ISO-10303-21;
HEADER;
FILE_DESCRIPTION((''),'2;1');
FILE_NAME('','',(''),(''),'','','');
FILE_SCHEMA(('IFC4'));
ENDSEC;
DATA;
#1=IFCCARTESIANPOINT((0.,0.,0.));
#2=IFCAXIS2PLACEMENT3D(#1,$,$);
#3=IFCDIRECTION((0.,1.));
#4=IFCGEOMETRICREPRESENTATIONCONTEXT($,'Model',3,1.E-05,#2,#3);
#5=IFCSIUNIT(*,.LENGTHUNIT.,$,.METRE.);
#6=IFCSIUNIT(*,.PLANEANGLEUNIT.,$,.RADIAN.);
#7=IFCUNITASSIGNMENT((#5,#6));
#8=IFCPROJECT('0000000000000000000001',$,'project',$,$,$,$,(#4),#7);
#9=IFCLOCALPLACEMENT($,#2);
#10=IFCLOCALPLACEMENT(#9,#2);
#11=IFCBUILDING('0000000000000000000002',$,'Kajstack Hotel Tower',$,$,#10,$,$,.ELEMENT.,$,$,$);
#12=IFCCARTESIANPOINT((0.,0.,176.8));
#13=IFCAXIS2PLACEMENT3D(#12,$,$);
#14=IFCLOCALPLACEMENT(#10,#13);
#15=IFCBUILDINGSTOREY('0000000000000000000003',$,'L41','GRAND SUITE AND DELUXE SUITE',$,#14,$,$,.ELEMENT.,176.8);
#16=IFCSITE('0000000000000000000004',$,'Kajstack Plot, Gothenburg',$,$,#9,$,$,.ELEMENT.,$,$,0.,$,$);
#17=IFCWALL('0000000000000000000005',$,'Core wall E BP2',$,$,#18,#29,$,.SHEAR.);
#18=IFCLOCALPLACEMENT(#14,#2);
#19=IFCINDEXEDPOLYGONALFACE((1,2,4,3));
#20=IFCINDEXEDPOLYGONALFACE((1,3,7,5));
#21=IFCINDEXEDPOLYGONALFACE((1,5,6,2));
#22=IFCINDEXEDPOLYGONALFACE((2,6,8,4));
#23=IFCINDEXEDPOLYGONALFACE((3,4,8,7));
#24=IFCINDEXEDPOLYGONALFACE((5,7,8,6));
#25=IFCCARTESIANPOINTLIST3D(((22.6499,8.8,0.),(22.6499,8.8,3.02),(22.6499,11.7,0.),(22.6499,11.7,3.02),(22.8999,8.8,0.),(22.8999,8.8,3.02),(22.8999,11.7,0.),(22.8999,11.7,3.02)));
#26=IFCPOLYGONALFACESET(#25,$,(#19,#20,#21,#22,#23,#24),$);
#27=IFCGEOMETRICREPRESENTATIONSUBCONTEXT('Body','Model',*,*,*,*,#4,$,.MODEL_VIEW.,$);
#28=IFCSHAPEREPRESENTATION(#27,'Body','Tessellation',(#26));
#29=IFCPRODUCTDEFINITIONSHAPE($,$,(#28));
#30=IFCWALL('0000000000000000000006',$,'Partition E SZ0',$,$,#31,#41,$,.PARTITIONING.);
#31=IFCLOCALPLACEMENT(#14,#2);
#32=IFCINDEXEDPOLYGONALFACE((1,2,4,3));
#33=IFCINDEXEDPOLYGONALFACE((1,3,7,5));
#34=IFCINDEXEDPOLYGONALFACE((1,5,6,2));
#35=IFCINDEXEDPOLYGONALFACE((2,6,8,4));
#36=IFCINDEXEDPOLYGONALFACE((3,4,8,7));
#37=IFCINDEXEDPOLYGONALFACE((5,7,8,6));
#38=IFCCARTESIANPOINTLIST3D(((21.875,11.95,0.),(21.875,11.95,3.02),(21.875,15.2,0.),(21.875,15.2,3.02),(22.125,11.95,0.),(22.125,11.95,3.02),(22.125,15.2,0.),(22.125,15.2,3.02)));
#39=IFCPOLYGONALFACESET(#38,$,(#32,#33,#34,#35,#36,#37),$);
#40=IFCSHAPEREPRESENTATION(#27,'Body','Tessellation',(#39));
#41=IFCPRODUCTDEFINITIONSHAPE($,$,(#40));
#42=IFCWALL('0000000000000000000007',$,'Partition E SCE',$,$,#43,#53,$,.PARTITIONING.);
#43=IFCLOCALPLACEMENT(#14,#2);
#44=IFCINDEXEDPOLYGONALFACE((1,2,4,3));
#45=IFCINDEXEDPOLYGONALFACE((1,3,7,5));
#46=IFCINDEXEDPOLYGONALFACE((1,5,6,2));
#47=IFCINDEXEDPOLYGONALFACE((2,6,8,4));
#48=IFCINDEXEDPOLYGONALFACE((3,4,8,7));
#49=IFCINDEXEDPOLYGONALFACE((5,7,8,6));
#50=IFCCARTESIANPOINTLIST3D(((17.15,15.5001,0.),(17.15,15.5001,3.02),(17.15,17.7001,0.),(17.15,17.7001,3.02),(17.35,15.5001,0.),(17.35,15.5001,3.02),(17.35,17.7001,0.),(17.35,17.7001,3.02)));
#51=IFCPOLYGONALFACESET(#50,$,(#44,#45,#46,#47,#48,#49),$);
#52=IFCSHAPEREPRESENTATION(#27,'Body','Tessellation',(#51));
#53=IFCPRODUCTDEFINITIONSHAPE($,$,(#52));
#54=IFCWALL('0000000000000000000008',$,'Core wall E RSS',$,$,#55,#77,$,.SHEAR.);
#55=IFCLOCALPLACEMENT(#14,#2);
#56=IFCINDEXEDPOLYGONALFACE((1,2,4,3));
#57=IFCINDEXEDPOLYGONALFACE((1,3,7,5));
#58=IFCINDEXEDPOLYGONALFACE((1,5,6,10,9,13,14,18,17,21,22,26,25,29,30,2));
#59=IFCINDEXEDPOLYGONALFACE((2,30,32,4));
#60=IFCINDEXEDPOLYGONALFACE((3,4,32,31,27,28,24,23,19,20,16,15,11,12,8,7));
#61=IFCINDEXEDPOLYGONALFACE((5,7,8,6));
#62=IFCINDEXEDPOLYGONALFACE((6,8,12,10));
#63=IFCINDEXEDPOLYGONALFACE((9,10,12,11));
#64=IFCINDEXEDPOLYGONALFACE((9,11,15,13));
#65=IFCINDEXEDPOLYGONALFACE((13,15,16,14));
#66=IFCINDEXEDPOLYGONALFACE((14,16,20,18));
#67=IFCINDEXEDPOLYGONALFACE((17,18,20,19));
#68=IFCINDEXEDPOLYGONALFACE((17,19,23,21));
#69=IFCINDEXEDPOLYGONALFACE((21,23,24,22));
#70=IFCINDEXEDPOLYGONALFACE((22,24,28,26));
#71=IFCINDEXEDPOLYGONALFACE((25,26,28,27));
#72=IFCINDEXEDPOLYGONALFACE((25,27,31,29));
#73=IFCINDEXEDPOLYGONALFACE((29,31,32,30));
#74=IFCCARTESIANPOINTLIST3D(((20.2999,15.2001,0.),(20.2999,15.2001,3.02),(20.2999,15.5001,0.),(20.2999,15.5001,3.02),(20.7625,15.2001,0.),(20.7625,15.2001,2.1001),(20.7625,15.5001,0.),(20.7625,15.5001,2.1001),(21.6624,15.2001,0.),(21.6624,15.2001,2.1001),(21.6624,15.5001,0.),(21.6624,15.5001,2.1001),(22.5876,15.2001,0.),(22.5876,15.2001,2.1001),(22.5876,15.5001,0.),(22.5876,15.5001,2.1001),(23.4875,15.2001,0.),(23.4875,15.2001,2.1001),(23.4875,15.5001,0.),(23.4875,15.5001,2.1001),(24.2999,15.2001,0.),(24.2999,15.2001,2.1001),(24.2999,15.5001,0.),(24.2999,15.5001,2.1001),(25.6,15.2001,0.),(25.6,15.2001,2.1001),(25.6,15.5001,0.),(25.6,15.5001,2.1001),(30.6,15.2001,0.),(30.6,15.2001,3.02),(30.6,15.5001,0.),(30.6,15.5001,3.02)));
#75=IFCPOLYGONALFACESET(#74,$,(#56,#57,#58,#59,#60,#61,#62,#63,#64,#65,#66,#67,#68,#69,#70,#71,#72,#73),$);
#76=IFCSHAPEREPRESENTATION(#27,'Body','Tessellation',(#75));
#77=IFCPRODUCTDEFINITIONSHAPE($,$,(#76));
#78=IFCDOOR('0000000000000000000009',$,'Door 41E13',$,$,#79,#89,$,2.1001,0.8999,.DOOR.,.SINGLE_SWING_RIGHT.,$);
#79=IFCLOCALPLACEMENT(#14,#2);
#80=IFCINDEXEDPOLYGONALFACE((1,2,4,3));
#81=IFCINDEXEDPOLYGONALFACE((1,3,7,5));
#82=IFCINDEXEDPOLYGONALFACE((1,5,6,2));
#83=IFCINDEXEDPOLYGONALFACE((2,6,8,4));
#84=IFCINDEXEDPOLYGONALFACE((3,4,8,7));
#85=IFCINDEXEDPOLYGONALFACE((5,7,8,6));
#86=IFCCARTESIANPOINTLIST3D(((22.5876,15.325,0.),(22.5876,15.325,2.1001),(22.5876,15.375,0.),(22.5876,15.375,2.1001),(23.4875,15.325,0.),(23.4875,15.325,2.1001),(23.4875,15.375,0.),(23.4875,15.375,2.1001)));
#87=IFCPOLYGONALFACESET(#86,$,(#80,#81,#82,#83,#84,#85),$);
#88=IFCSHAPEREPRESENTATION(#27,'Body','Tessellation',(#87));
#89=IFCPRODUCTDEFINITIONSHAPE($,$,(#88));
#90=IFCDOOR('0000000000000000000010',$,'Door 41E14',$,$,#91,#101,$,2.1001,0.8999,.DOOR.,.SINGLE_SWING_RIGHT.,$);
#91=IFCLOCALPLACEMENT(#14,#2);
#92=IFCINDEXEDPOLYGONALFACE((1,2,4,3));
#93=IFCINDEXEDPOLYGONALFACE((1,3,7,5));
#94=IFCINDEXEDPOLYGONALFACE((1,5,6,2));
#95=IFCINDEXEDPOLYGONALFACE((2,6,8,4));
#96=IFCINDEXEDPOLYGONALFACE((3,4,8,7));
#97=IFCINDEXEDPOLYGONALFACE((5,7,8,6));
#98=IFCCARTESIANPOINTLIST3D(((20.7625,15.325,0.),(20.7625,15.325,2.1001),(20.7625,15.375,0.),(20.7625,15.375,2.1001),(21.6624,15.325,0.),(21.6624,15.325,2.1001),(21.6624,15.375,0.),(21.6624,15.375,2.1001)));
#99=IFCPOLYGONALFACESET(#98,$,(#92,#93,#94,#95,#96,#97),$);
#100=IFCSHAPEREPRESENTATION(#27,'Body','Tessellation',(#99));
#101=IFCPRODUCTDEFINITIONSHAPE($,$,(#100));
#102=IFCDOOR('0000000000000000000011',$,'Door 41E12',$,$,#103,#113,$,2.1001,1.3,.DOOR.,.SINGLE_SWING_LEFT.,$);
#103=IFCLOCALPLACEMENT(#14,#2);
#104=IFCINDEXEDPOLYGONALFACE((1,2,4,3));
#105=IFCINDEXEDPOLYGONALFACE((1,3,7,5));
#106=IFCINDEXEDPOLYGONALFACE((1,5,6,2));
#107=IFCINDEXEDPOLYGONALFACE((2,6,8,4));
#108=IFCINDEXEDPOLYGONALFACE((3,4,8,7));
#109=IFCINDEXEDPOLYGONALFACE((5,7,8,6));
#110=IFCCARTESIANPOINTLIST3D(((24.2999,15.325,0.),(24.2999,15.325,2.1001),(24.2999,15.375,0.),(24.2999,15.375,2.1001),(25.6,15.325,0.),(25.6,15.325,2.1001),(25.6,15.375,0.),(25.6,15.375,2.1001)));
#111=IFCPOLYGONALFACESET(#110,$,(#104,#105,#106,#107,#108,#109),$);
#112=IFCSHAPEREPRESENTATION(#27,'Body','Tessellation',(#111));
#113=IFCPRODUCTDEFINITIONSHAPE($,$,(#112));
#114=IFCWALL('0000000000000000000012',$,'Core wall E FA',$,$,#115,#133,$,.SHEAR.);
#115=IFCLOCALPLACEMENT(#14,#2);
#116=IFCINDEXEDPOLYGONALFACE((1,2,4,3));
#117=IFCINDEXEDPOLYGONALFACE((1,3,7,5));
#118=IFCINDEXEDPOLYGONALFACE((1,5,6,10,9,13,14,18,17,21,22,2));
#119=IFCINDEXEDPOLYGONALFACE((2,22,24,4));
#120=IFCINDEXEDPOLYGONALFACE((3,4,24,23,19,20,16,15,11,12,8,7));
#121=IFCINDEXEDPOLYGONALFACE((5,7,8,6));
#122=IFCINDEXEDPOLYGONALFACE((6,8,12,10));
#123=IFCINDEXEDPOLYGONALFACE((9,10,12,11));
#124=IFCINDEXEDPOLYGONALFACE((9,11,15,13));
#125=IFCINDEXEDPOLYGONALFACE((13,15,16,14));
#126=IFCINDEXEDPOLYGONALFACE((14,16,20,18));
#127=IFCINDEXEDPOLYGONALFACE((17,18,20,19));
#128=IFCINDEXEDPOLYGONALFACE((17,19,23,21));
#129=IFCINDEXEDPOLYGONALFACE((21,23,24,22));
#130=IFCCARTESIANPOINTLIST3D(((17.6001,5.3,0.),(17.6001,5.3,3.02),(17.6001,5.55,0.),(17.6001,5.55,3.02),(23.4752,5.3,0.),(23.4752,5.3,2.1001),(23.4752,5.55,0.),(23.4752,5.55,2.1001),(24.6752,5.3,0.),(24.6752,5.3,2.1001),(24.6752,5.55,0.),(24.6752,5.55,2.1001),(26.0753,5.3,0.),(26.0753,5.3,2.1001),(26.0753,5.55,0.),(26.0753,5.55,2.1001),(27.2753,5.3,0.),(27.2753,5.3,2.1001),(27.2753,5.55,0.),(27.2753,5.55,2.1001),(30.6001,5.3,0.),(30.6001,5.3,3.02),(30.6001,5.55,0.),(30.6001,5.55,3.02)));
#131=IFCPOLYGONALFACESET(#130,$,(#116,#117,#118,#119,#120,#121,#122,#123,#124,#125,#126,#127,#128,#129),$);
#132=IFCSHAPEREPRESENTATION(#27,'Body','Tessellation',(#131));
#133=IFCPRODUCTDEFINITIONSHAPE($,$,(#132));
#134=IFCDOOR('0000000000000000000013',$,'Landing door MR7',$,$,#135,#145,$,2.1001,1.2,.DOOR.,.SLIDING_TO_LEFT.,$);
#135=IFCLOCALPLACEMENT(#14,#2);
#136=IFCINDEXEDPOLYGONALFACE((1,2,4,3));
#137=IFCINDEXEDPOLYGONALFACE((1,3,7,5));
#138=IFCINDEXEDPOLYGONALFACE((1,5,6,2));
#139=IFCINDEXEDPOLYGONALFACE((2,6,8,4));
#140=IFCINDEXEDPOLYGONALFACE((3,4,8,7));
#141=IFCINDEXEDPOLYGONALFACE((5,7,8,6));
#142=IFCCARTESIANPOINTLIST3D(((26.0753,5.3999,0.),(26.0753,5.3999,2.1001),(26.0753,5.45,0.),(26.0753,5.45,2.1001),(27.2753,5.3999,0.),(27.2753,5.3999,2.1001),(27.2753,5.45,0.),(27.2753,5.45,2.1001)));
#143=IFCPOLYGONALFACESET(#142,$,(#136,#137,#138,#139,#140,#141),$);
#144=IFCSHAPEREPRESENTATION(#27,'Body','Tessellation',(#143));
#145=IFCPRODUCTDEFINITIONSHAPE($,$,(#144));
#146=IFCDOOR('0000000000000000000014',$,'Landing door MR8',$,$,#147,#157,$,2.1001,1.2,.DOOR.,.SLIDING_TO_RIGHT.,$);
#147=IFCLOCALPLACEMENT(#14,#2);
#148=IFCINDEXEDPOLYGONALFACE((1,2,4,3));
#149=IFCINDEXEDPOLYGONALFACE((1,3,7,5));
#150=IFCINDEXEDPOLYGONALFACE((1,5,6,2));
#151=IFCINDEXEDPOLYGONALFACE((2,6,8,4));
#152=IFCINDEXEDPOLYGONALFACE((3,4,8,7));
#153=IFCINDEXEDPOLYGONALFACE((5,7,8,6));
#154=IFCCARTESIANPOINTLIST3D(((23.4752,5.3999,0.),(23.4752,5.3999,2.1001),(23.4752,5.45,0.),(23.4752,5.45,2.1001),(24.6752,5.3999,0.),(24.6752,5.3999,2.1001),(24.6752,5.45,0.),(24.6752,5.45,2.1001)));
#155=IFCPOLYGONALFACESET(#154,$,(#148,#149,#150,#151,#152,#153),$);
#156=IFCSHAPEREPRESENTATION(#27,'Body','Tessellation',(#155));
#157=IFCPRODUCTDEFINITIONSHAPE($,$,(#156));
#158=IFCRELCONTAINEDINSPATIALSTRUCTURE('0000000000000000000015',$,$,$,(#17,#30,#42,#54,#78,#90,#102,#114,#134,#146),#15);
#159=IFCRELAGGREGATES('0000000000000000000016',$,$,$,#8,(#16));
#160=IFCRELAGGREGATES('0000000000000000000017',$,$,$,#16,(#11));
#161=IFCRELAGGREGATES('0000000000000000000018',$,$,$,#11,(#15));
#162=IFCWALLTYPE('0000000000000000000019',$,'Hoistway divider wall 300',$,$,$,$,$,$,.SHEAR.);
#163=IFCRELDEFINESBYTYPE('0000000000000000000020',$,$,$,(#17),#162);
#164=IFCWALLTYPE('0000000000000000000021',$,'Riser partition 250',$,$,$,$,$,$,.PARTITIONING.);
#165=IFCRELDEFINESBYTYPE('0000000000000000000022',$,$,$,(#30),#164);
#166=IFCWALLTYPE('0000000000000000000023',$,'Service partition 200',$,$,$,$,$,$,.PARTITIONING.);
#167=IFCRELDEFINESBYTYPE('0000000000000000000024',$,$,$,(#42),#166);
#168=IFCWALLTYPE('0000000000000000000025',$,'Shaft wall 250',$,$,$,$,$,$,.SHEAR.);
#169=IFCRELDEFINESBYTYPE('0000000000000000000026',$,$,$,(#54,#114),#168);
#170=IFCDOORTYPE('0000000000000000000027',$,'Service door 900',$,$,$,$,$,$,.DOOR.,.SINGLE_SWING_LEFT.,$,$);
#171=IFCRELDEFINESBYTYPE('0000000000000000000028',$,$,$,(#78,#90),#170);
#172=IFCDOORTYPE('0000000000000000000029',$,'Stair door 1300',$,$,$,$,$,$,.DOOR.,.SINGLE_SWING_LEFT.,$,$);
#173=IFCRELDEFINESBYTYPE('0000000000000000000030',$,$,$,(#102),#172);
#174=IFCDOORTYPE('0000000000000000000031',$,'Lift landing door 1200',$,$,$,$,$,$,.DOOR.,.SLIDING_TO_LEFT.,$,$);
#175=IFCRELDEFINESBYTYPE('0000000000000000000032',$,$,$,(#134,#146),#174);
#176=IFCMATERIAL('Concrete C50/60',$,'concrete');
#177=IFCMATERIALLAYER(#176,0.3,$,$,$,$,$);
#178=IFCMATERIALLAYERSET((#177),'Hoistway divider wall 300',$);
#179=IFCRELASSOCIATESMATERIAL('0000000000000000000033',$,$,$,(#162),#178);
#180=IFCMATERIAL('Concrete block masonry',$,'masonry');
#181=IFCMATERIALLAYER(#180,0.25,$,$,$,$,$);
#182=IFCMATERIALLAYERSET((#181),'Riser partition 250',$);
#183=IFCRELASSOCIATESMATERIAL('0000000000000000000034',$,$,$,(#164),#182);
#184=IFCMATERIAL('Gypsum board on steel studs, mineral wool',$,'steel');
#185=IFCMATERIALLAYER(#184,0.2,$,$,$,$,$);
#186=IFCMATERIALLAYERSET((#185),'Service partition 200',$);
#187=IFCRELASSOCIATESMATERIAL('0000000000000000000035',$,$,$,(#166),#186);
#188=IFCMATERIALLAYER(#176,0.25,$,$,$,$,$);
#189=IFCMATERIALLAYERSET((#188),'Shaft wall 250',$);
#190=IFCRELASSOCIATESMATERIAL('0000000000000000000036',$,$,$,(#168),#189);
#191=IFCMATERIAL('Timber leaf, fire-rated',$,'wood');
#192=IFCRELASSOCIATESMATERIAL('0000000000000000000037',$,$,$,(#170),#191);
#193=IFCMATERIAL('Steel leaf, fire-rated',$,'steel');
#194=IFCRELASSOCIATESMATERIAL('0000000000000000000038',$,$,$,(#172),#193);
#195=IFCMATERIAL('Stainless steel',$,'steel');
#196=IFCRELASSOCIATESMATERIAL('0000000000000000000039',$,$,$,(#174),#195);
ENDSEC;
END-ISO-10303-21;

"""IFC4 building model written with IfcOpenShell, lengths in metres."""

from ifc_helpers import new_model, si_unit, direction, frame, frame_2d, origin, place, context, subcontext, project, spatial, rectangle, extrude, material, layer, layer_set, type_object, element, fill, save


model = new_model("IFC4")

# Units and contexts
model_context = context("Model", 3, precision=1e-05, world=origin(), true_north=direction((0.0, 1.0)))
body_context = subcontext(model_context, "Body", "Model", "MODEL_VIEW")
ifc_project = project(units=[si_unit("LENGTHUNIT", "METRE"), si_unit("PLANEANGLEUNIT", "RADIAN")], contexts=[model_context])

# Site, building, storey
site_placement = place(None, origin())
site = spatial("IfcSite", under=ifc_project, at=site_placement, Name="Kajstack Plot, Gothenburg", CompositionType="ELEMENT", RefElevation=0.0)
building_placement = place(site_placement, origin())
building = spatial("IfcBuilding", under=site, at=building_placement, Name="Kajstack Hotel Tower", CompositionType="ELEMENT")
storey_placement = place(building_placement, frame((0.0, 0.0, 176.8)))
storey = spatial("IfcBuildingStorey", under=building, at=storey_placement, Name="L41", Description="GRAND SUITE AND DELUXE SUITE", CompositionType="ELEMENT", Elevation=176.8)

# Walls
ifc_material_1 = material(Name="Concrete C50/60", Category="concrete")
ifc_layer_1 = layer(ifc_material_1, 0.3)
ifc_layer_set_1 = layer_set([ifc_layer_1], Name="Hoistway divider wall 300")
wall_type_1 = type_object("IfcWallType", Name="Hoistway divider wall 300", PredefinedType="SHEAR", material=ifc_layer_set_1)
wall_1_placement = place(storey_placement, frame((22.7749, 8.8, 0.0), z_axis=(0.0, 0.0, 1.0), x_axis=(0.0, 1.0, 0.0)))
element("IfcWall", 1, at=wall_1_placement, inside=storey, type_object=wall_type_1, Name="Core wall E BP2", PredefinedType="SHEAR", context=body_context, shape_type="SweptSolid", body=[
    extrude(rectangle(XDim=2.8999, YDim=0.25, at=frame_2d((1.45, 0.0))), origin(), (0.0, 0.0, 1.0), 3.02),
])
ifc_material_2 = material(Name="Concrete block masonry", Category="masonry")
ifc_layer_2 = layer(ifc_material_2, 0.25)
ifc_layer_set_2 = layer_set([ifc_layer_2], Name="Riser partition 250")
wall_type_2 = type_object("IfcWallType", Name="Riser partition 250", PredefinedType="PARTITIONING", material=ifc_layer_set_2)
wall_2_placement = place(storey_placement, frame((22.0, 11.95, 0.0), z_axis=(0.0, 0.0, 1.0), x_axis=(0.0, 1.0, 0.0)))
element("IfcWall", 2, at=wall_2_placement, inside=storey, type_object=wall_type_2, Name="Partition E SZ0", PredefinedType="PARTITIONING", context=body_context, shape_type="SweptSolid", body=[
    extrude(rectangle(XDim=3.25, YDim=0.25, at=frame_2d((1.625, 0.0))), origin(), (0.0, 0.0, 1.0), 3.02),
])
ifc_material_3 = material(Name="Gypsum board on steel studs, mineral wool", Category="steel")
ifc_layer_3 = layer(ifc_material_3, 0.2)
ifc_layer_set_3 = layer_set([ifc_layer_3], Name="Service partition 200")
wall_type_3 = type_object("IfcWallType", Name="Service partition 200", PredefinedType="PARTITIONING", material=ifc_layer_set_3)
wall_3_placement = place(storey_placement, frame((17.25, 15.5, 0.0), z_axis=(0.0, 0.0, 1.0), x_axis=(0.0, 1.0, 0.0)))
element("IfcWall", 3, at=wall_3_placement, inside=storey, type_object=wall_type_3, Name="Partition E SCE", PredefinedType="PARTITIONING", context=body_context, shape_type="SweptSolid", body=[
    extrude(rectangle(XDim=2.2, YDim=0.2, at=frame_2d((1.1001, 0.0))), origin(), (0.0, 0.0, 1.0), 3.02),
])

# Walls, openings, doors
ifc_layer_4 = layer(ifc_material_1, 0.25)
ifc_layer_set_4 = layer_set([ifc_layer_4], Name="Shaft wall 250")
wall_type_4 = type_object("IfcWallType", Name="Shaft wall 250", PredefinedType="SHEAR", material=ifc_layer_set_4)
wall_4_placement = place(storey_placement, frame((20.3, 15.3501, 0.0), z_axis=(0.0, 0.0, 1.0), x_axis=(1.0, 0.0, 0.0)))
wall_4 = element("IfcWall", 4, at=wall_4_placement, inside=storey, type_object=wall_type_4, Name="Core wall E RSS", PredefinedType="SHEAR", context=body_context, shape_type="SweptSolid", body=[
    extrude(rectangle(XDim=10.3, YDim=0.3, at=frame_2d((5.1499, 0.0))), origin(), (0.0, 0.0, 1.0), 3.02),
])
opening_1_placement = place(wall_4_placement, frame((4.0, 0.0, 0.0)))
opening_1 = element("IfcOpeningElement", 5, at=opening_1_placement, cuts=wall_4, PredefinedType="OPENING", context=body_context, shape_type="SweptSolid", body=[
    extrude(rectangle(XDim=1.3, YDim=2.1001, at=frame_2d((0.6499, 1.05))), frame((0.0, 0.1599, 0.0), z_axis=(0.0, -1.0, 0.0), x_axis=(1.0, 0.0, 0.0)), (0.0, 0.0, 1.0), 0.3201),
])
opening_2_placement = place(wall_4_placement, frame((2.2876, 0.0, 0.0)))
opening_2 = element("IfcOpeningElement", 6, at=opening_2_placement, cuts=wall_4, PredefinedType="OPENING", context=body_context, shape_type="SweptSolid", body=[
    extrude(rectangle(XDim=0.8999, YDim=2.1001, at=frame_2d((0.45, 1.05))), frame((0.0, 0.1599, 0.0), z_axis=(0.0, -1.0, 0.0), x_axis=(1.0, 0.0, 0.0)), (0.0, 0.0, 1.0), 0.3201),
])
opening_3_placement = place(wall_4_placement, frame((0.4624, 0.0, 0.0)))
opening_3 = element("IfcOpeningElement", 7, at=opening_3_placement, cuts=wall_4, PredefinedType="OPENING", context=body_context, shape_type="SweptSolid", body=[
    extrude(rectangle(XDim=0.8999, YDim=2.1001, at=frame_2d((0.45, 1.05))), frame((0.0, 0.1599, 0.0), z_axis=(0.0, -1.0, 0.0), x_axis=(1.0, 0.0, 0.0)), (0.0, 0.0, 1.0), 0.3201),
])
ifc_material_4 = material(Name="Timber leaf, fire-rated", Category="wood")
door_type_1 = type_object("IfcDoorType", Name="Service door 900", OperationType="SINGLE_SWING_LEFT", PredefinedType="DOOR", material=ifc_material_4)
door_1_placement = place(opening_2_placement, origin())
door_1 = element("IfcDoor", 8, at=door_1_placement, inside=storey, type_object=door_type_1, Name="Door 41E13", OperationType="SINGLE_SWING_RIGHT", OverallHeight=2.1001, OverallWidth=0.8999, PredefinedType="DOOR", context=body_context, shape_type="SweptSolid", body=[
    extrude(rectangle(XDim=0.8999, YDim=2.1001, at=frame_2d((0.45, 1.05))), frame((0.0, 0.0249, 0.0), z_axis=(0.0, -1.0, 0.0), x_axis=(1.0, 0.0, 0.0)), (0.0, 0.0, 1.0), 0.05),
])
fill(opening_2, door_1)
door_2_placement = place(opening_3_placement, origin())
door_2 = element("IfcDoor", 9, at=door_2_placement, inside=storey, type_object=door_type_1, Name="Door 41E14", OperationType="SINGLE_SWING_RIGHT", OverallHeight=2.1001, OverallWidth=0.8999, PredefinedType="DOOR", context=body_context, shape_type="SweptSolid", body=[
    extrude(rectangle(XDim=0.8999, YDim=2.1001, at=frame_2d((0.45, 1.05))), frame((0.0, 0.0249, 0.0), z_axis=(0.0, -1.0, 0.0), x_axis=(1.0, 0.0, 0.0)), (0.0, 0.0, 1.0), 0.05),
])
fill(opening_3, door_2)
ifc_material_5 = material(Name="Steel leaf, fire-rated", Category="steel")
door_type_2 = type_object("IfcDoorType", Name="Stair door 1300", OperationType="SINGLE_SWING_LEFT", PredefinedType="DOOR", material=ifc_material_5)
door_3_placement = place(opening_1_placement, origin())
door_3 = element("IfcDoor", 10, at=door_3_placement, inside=storey, type_object=door_type_2, Name="Door 41E12", OperationType="SINGLE_SWING_LEFT", OverallHeight=2.1001, OverallWidth=1.3, PredefinedType="DOOR", context=body_context, shape_type="SweptSolid", body=[
    extrude(rectangle(XDim=1.3, YDim=2.1001, at=frame_2d((0.6499, 1.05))), frame((0.0, 0.0249, 0.0), z_axis=(0.0, -1.0, 0.0), x_axis=(1.0, 0.0, 0.0)), (0.0, 0.0, 1.0), 0.05),
])
fill(opening_1, door_3)
wall_5_placement = place(storey_placement, frame((17.6001, 5.425, 0.0), z_axis=(0.0, 0.0, 1.0), x_axis=(1.0, 0.0, 0.0)))
wall_5 = element("IfcWall", 11, at=wall_5_placement, inside=storey, type_object=wall_type_4, Name="Core wall E FA", PredefinedType="SHEAR", context=body_context, shape_type="SweptSolid", body=[
    extrude(rectangle(XDim=13.0, YDim=0.25, at=frame_2d((6.5, 0.0))), origin(), (0.0, 0.0, 1.0), 3.02),
])
opening_4_placement = place(wall_5_placement, frame((8.4751, 0.0, 0.0)))
opening_4 = element("IfcOpeningElement", 12, at=opening_4_placement, cuts=wall_5, PredefinedType="OPENING", context=body_context, shape_type="SweptSolid", body=[
    extrude(rectangle(XDim=1.2, YDim=2.1001, at=frame_2d((0.6001, 1.05))), frame((0.0, 0.135, 0.0), z_axis=(0.0, -1.0, 0.0), x_axis=(1.0, 0.0, 0.0)), (0.0, 0.0, 1.0), 0.27),
])
opening_5_placement = place(wall_5_placement, frame((5.875, 0.0, 0.0)))
opening_5 = element("IfcOpeningElement", 13, at=opening_5_placement, cuts=wall_5, PredefinedType="OPENING", context=body_context, shape_type="SweptSolid", body=[
    extrude(rectangle(XDim=1.2, YDim=2.1001, at=frame_2d((0.6001, 1.05))), frame((0.0, 0.135, 0.0), z_axis=(0.0, -1.0, 0.0), x_axis=(1.0, 0.0, 0.0)), (0.0, 0.0, 1.0), 0.27),
])
ifc_material_6 = material(Name="Stainless steel", Category="steel")
door_type_3 = type_object("IfcDoorType", Name="Lift landing door 1200", OperationType="SLIDING_TO_LEFT", PredefinedType="DOOR", material=ifc_material_6)
door_4_placement = place(opening_4_placement, origin())
door_4 = element("IfcDoor", 14, at=door_4_placement, inside=storey, type_object=door_type_3, Name="Landing door MR7", OperationType="SLIDING_TO_LEFT", OverallHeight=2.1001, OverallWidth=1.2, PredefinedType="DOOR", context=body_context, shape_type="SweptSolid", body=[
    extrude(rectangle(XDim=1.2, YDim=2.1001, at=frame_2d((0.6001, 1.05))), frame((0.0, 0.0249, 0.0), z_axis=(0.0, -1.0, 0.0), x_axis=(1.0, 0.0, 0.0)), (0.0, 0.0, 1.0), 0.05),
])
fill(opening_4, door_4)
door_5_placement = place(opening_5_placement, origin())
door_5 = element("IfcDoor", 15, at=door_5_placement, inside=storey, type_object=door_type_3, Name="Landing door MR8", OperationType="SLIDING_TO_RIGHT", OverallHeight=2.1001, OverallWidth=1.2, PredefinedType="DOOR", context=body_context, shape_type="SweptSolid", body=[
    extrude(rectangle(XDim=1.2, YDim=2.1001, at=frame_2d((0.6001, 1.05))), frame((0.0, 0.0249, 0.0), z_axis=(0.0, -1.0, 0.0), x_axis=(1.0, 0.0, 0.0)), (0.0, 0.0, 1.0), 0.05),
])
fill(opening_5, door_5)

save(model, "model.ifc")
